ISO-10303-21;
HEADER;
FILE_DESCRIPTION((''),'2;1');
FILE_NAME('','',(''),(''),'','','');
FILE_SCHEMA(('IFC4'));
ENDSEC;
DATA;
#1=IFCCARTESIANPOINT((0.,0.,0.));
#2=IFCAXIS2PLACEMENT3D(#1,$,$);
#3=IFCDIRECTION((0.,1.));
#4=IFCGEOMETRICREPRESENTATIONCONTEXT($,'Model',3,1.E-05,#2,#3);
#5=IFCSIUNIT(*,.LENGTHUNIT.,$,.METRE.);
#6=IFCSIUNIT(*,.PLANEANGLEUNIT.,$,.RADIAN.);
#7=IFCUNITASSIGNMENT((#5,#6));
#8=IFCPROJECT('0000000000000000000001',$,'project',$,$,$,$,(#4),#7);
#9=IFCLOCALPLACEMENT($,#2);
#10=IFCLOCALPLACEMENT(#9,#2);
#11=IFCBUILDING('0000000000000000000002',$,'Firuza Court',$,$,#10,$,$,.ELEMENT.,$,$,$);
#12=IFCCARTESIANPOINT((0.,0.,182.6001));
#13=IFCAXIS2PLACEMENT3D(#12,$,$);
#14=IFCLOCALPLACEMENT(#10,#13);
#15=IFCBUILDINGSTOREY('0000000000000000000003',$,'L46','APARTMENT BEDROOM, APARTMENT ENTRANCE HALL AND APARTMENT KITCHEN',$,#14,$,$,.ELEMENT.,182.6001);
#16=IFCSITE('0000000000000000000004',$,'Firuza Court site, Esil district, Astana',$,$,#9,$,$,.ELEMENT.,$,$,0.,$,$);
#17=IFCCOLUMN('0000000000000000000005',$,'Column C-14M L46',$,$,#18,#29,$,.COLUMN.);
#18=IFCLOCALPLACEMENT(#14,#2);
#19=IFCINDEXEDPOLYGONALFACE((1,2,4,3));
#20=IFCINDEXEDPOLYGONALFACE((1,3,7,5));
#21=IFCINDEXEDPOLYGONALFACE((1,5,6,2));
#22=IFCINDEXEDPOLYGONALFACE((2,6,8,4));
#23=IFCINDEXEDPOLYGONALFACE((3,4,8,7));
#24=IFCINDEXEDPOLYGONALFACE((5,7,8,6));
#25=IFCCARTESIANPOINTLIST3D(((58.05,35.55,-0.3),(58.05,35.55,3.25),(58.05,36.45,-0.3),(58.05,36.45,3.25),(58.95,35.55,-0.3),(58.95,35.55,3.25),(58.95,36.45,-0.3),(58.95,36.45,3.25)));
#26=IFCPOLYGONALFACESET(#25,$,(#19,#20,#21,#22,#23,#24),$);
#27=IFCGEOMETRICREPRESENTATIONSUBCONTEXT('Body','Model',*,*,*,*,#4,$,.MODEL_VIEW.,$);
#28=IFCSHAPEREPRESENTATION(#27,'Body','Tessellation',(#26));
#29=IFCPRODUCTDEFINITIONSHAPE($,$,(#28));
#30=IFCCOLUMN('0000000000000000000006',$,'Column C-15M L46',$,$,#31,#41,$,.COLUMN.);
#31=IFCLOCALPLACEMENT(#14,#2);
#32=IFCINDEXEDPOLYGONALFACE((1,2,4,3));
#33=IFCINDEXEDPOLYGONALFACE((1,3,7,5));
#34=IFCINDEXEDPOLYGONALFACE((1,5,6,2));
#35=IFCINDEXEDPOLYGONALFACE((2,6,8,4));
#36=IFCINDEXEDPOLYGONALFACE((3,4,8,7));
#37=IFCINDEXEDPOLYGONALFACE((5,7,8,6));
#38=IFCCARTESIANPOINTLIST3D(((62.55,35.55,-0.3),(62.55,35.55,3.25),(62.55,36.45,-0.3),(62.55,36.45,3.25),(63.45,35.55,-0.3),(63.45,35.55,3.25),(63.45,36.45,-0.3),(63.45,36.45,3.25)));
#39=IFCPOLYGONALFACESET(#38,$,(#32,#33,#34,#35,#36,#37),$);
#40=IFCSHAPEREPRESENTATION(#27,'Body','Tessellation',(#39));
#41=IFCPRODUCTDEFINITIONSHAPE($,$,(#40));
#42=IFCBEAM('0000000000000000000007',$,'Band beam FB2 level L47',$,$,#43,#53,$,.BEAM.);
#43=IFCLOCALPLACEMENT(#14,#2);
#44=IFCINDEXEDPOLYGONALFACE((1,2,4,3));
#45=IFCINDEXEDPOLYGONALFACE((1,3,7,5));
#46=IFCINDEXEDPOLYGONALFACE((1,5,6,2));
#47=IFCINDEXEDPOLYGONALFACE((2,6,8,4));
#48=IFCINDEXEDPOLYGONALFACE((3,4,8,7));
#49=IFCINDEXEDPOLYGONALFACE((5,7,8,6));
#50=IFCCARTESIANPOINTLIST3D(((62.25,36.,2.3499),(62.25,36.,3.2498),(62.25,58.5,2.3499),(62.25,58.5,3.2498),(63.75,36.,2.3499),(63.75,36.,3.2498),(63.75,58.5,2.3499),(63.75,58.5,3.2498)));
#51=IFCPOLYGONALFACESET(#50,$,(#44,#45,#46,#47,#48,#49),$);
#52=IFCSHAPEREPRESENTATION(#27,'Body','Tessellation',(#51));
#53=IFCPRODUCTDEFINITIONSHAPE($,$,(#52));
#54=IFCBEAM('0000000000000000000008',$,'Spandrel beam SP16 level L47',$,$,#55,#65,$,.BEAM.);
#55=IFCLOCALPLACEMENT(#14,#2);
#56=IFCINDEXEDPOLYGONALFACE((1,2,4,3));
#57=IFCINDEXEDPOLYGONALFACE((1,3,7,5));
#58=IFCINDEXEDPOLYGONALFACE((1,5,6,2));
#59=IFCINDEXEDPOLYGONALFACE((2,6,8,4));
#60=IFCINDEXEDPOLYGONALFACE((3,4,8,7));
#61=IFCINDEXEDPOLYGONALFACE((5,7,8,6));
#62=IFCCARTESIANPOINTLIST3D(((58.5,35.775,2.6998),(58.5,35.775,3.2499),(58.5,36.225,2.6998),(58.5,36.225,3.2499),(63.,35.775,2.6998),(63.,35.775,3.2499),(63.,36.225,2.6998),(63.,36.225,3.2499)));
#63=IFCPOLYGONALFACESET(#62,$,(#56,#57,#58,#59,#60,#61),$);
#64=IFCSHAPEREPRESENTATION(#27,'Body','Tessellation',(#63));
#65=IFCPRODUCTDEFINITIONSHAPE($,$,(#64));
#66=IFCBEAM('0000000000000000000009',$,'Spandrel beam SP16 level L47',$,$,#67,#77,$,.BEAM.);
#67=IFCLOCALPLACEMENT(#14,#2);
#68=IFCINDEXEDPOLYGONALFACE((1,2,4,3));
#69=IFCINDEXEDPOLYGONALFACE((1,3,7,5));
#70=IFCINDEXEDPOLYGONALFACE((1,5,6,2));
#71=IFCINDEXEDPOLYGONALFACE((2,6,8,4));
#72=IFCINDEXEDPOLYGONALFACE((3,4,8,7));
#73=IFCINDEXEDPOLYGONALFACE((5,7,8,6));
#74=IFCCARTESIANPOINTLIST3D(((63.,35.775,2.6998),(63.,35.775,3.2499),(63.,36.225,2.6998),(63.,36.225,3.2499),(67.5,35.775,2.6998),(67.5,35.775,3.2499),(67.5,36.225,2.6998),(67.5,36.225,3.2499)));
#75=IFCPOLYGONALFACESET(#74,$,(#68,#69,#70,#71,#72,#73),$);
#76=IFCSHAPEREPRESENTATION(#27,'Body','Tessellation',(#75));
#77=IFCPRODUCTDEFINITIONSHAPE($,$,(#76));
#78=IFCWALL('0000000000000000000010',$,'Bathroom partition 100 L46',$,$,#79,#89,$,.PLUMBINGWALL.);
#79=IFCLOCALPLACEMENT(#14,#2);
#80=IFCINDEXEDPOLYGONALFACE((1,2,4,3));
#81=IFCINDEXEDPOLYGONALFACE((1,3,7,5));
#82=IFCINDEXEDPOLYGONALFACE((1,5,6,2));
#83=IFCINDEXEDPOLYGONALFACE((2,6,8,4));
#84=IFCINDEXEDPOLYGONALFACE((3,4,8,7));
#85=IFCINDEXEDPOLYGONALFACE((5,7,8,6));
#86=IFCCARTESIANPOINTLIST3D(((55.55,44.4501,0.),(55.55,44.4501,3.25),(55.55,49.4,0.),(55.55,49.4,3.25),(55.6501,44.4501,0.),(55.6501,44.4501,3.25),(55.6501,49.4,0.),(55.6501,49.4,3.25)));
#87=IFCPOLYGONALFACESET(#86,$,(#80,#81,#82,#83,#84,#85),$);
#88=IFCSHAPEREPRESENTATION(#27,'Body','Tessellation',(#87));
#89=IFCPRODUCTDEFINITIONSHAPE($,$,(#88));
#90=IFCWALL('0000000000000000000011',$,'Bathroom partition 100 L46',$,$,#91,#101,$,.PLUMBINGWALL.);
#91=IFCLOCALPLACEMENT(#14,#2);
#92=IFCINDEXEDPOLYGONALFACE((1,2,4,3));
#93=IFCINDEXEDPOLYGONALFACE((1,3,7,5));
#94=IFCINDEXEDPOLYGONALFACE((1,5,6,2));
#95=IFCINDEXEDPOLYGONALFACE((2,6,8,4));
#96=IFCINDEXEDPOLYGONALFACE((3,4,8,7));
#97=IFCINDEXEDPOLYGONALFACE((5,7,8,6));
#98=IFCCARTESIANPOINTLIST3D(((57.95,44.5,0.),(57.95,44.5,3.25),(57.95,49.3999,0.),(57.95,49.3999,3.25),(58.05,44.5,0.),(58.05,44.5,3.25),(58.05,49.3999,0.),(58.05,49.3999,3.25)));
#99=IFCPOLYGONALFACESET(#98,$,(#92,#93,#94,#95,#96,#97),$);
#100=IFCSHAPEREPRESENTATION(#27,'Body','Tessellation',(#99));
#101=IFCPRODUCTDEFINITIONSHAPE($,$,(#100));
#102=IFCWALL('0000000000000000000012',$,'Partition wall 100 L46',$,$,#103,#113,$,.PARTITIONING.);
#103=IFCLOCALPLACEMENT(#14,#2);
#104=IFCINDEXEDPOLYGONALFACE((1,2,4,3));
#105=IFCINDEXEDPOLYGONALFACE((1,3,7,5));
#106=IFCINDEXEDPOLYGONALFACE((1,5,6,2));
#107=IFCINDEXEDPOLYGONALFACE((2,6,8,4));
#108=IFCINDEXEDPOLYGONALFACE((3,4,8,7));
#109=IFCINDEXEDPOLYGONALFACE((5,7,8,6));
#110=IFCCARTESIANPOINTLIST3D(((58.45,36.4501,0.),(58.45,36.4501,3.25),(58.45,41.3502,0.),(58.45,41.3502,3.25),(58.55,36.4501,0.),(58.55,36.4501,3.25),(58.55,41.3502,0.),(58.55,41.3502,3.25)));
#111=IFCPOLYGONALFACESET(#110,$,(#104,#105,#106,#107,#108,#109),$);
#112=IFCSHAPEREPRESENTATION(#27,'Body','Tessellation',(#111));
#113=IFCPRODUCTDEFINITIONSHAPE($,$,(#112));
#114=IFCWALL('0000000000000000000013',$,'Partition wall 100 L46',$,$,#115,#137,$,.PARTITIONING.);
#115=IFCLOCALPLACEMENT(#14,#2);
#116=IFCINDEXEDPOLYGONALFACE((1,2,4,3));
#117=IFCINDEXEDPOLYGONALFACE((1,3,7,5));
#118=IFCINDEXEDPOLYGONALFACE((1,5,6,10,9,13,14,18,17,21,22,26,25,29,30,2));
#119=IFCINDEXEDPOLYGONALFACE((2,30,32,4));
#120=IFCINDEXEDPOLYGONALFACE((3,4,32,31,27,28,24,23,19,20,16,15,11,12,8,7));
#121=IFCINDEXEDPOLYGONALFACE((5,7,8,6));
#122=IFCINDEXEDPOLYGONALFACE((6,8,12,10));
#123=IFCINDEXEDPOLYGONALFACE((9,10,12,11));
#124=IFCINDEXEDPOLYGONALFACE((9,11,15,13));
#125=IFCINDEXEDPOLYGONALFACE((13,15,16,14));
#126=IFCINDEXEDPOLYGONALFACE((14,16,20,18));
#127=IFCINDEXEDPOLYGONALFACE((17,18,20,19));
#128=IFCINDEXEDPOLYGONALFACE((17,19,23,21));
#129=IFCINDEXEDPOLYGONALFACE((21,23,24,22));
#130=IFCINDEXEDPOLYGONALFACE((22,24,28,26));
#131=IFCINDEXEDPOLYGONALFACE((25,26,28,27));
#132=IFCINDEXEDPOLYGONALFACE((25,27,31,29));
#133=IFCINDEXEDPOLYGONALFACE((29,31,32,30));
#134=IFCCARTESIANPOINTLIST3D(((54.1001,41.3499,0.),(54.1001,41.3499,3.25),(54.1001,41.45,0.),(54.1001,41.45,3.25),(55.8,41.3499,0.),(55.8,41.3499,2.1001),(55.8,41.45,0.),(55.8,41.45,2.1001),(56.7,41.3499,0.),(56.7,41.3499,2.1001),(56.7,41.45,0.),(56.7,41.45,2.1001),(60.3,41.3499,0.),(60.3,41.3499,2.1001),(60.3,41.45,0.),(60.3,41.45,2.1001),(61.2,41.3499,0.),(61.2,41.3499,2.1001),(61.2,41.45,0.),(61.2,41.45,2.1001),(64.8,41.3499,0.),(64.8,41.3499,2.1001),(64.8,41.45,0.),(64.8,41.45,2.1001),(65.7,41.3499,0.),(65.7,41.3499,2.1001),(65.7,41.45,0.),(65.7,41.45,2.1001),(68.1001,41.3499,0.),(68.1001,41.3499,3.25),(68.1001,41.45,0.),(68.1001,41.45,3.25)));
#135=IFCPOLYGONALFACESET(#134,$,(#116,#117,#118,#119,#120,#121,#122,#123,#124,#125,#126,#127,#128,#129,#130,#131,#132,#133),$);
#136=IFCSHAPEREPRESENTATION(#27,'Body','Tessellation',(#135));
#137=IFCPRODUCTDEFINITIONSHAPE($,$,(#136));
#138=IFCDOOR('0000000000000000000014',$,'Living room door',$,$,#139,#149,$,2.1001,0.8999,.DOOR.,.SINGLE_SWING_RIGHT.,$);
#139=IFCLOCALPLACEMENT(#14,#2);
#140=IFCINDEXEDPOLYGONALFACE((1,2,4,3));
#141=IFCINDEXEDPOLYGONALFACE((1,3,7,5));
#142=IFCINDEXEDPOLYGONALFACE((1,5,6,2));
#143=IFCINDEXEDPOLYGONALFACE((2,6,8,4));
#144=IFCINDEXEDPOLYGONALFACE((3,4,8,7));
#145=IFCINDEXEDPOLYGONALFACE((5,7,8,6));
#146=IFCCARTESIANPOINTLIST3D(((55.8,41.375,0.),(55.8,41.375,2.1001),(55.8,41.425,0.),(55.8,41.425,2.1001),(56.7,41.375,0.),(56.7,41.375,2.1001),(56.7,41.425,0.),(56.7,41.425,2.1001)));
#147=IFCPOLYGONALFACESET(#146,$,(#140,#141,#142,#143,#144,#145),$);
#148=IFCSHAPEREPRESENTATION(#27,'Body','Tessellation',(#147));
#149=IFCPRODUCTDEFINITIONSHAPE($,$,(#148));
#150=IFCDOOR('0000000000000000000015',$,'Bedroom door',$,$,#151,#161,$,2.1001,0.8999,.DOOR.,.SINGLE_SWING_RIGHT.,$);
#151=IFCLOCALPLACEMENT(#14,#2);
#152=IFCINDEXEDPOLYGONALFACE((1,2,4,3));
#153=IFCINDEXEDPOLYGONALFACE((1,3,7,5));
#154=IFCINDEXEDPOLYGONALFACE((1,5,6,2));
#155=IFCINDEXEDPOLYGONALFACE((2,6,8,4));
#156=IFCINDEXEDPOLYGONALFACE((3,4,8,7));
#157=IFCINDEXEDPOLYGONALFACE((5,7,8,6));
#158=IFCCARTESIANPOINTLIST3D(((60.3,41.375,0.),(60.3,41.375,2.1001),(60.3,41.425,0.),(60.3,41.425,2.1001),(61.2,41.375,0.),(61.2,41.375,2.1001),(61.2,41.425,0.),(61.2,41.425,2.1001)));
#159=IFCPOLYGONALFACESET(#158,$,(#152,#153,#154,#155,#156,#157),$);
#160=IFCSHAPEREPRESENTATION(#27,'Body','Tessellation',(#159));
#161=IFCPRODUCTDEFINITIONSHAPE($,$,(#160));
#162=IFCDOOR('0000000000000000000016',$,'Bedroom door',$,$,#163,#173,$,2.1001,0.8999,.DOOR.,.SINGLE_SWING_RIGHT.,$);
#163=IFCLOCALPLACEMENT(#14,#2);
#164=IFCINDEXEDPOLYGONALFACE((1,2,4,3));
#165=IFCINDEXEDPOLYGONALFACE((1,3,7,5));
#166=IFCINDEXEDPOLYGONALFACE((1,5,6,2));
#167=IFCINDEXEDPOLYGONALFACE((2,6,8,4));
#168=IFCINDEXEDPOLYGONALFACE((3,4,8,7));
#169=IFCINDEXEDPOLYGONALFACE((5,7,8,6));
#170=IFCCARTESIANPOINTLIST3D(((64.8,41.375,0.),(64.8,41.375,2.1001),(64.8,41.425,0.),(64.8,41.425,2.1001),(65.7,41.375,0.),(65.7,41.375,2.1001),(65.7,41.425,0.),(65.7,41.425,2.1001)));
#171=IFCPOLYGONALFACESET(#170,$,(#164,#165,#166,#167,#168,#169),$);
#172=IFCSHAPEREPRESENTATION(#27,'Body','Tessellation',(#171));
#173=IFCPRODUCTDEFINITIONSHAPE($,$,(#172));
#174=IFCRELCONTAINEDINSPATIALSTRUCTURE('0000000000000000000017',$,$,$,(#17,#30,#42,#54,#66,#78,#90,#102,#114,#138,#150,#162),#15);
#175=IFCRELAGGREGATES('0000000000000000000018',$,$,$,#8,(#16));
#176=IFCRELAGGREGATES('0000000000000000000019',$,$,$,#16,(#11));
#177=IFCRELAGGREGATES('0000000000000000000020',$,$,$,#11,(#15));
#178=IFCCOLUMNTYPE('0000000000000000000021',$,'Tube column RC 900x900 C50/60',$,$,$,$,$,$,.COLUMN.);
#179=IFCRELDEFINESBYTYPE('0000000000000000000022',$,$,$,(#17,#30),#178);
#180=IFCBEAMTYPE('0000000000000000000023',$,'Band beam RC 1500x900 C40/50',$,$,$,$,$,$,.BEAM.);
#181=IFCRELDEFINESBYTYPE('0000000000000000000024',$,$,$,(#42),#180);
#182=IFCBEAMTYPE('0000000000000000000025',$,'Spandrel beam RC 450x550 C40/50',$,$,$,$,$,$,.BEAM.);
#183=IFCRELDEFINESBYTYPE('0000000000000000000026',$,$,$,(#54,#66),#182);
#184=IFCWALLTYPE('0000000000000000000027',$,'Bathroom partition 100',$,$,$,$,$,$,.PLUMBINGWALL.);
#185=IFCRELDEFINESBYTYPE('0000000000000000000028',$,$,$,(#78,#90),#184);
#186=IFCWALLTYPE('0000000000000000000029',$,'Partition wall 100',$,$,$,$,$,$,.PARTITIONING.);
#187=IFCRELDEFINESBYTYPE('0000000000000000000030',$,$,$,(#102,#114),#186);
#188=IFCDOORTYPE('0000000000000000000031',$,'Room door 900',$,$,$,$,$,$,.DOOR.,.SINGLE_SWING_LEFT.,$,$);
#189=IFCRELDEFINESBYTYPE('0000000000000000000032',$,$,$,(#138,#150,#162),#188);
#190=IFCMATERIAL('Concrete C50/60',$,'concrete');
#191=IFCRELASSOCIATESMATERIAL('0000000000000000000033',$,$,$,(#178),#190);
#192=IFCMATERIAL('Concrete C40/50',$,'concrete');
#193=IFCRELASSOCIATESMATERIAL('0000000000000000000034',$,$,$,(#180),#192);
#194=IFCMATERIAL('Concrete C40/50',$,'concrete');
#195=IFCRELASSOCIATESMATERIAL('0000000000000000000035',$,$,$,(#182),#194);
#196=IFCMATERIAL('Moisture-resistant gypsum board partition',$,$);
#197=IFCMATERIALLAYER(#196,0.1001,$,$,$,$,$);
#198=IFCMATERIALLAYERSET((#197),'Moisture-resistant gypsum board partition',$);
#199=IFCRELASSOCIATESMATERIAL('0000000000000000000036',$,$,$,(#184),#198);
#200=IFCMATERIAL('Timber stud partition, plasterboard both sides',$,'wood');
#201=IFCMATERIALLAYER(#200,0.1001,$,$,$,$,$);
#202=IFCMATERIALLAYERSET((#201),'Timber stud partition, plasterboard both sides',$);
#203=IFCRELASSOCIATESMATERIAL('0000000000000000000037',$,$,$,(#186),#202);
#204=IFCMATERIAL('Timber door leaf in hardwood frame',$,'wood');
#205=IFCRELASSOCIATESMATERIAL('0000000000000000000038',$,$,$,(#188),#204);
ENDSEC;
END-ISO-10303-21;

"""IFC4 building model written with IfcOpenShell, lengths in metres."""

from ifc_helpers import new_model, si_unit, direction, frame, frame_2d, origin, origin_2d, place, context, subcontext, project, spatial, rectangle, extrude, material, layer, layer_set, material_profile, profile_set, type_object, element, fill, save


model = new_model("IFC4")

# Units and contexts
model_context = context("Model", 3, precision=1e-05, world=origin(), true_north=direction((0.0, 1.0)))
body_context = subcontext(model_context, "Body", "Model", "MODEL_VIEW")
ifc_project = project(units=[si_unit("LENGTHUNIT", "METRE"), si_unit("PLANEANGLEUNIT", "RADIAN")], contexts=[model_context])

# Site, building, storey
site_placement = place(None, origin())
site = spatial("IfcSite", under=ifc_project, at=site_placement, Name="Firuza Court site, Esil district, Astana", CompositionType="ELEMENT", RefElevation=0.0)
building_placement = place(site_placement, origin())
building = spatial("IfcBuilding", under=site, at=building_placement, Name="Firuza Court", CompositionType="ELEMENT")
storey_placement = place(building_placement, frame((0.0, 0.0, 182.6001)))
storey = spatial("IfcBuildingStorey", under=building, at=storey_placement, Name="L46", Description="APARTMENT BEDROOM, APARTMENT ENTRANCE HALL AND APARTMENT KITCHEN", CompositionType="ELEMENT", Elevation=182.6001)

# Columns
ifc_material_1 = material(Name="Concrete C50/60", Category="concrete")
ifc_material_profile_1 = material_profile(ifc_material_1, rectangle(XDim=0.8999, YDim=0.8999, at=origin_2d()), Name="RC 900x900")
ifc_profile_set_1 = profile_set([ifc_material_profile_1], Name="Concrete C50/60")
column_type = type_object("IfcColumnType", Name="Tube column RC 900x900 C50/60", PredefinedType="COLUMN", material=ifc_profile_set_1)
for number, where, z_axis, x_axis, name in (
    (1, (58.5, 36.0, -0.3), (0.0, 0.0, 1.0), (1.0, 0.0, 0.0), "Column C-14M L46"),
    (2, (63.0, 36.0, -0.3), (0.0, 0.0, 1.0), (1.0, 0.0, 0.0), "Column C-15M L46"),
):
    element("IfcColumn", number, at=place(storey_placement, frame(where, z_axis=z_axis, x_axis=x_axis)), inside=storey, type_object=column_type, Name=name, PredefinedType="COLUMN", context=body_context, shape_type="SweptSolid", body=[
        extrude(rectangle(XDim=0.8999, YDim=0.8999, at=origin_2d()), origin(), (0.0, 0.0, 1.0), 3.55),
    ])

# Beams
ifc_material_2 = material(Name="Concrete C40/50", Category="concrete")
ifc_material_profile_2 = material_profile(ifc_material_2, rectangle(XDim=1.5, YDim=0.8999, at=origin_2d()), Name="RC 1500x900")
ifc_profile_set_2 = profile_set([ifc_material_profile_2], Name="Concrete C40/50")
beam_type_1 = type_object("IfcBeamType", Name="Band beam RC 1500x900 C40/50", PredefinedType="BEAM", material=ifc_profile_set_2)
beam_placement = place(storey_placement, frame((63.0, 36.0, 2.7998), z_axis=(0.0, 1.0, 0.0), x_axis=(-1.0, 0.0, 0.0)))
element("IfcBeam", 3, at=beam_placement, inside=storey, type_object=beam_type_1, Name="Band beam FB2 level L47", PredefinedType="BEAM", context=body_context, shape_type="SweptSolid", body=[
    extrude(rectangle(XDim=1.5, YDim=0.8999, at=origin_2d()), origin(), (0.0, 0.0, 1.0), 22.5),
])
ifc_material_3 = material(Name="Concrete C40/50", Category="concrete")
ifc_material_profile_3 = material_profile(ifc_material_3, rectangle(XDim=0.45, YDim=0.55, at=origin_2d()), Name="RC 450x550")
ifc_profile_set_3 = profile_set([ifc_material_profile_3], Name="Concrete C40/50")
beam_type_2 = type_object("IfcBeamType", Name="Spandrel beam RC 450x550 C40/50", PredefinedType="BEAM", material=ifc_profile_set_3)
for number, where, z_axis, x_axis, name in (
    (4, (58.5, 36.0, 2.9749), (1.0, 0.0, 0.0), (0.0, 1.0, 0.0), "Spandrel beam SP16 level L47"),
    (5, (63.0, 36.0, 2.9749), (1.0, 0.0, 0.0), (0.0, 1.0, 0.0), "Spandrel beam SP16 level L47"),
):
    element("IfcBeam", number, at=place(storey_placement, frame(where, z_axis=z_axis, x_axis=x_axis)), inside=storey, type_object=beam_type_2, Name=name, PredefinedType="BEAM", context=body_context, shape_type="SweptSolid", body=[
        extrude(rectangle(XDim=0.45, YDim=0.55, at=origin_2d()), origin(), (0.0, 0.0, 1.0), 4.5),
    ])

# Walls
ifc_material_4 = material(Name="Moisture-resistant gypsum board partition")
ifc_layer_1 = layer(ifc_material_4, 0.1001)
ifc_layer_set_1 = layer_set([ifc_layer_1], Name="Moisture-resistant gypsum board partition")
wall_type_1 = type_object("IfcWallType", Name="Bathroom partition 100", PredefinedType="PLUMBINGWALL", material=ifc_layer_set_1)
wall_1_placement = place(storey_placement, frame((55.6001, 44.45, 0.0), z_axis=(0.0, 0.0, 1.0), x_axis=(0.0, 1.0, 0.0)))
element("IfcWall", 6, at=wall_1_placement, inside=storey, type_object=wall_type_1, Name="Bathroom partition 100 L46", PredefinedType="PLUMBINGWALL", context=body_context, shape_type="SweptSolid", body=[
    extrude(rectangle(XDim=4.95, YDim=0.1001, at=frame_2d((2.4751, 0.0))), origin(), (0.0, 0.0, 1.0), 3.25),
])
wall_2_placement = place(storey_placement, frame((58.0, 44.5, 0.0), z_axis=(0.0, 0.0, 1.0), x_axis=(0.0, 1.0, 0.0)))
element("IfcWall", 7, at=wall_2_placement, inside=storey, type_object=wall_type_1, Name="Bathroom partition 100 L46", PredefinedType="PLUMBINGWALL", context=body_context, shape_type="SweptSolid", body=[
    extrude(rectangle(XDim=4.8999, YDim=0.1001, at=frame_2d((2.45, 0.0))), origin(), (0.0, 0.0, 1.0), 3.25),
])
ifc_material_5 = material(Name="Timber stud partition, plasterboard both sides", Category="wood")
ifc_layer_2 = layer(ifc_material_5, 0.1001)
ifc_layer_set_2 = layer_set([ifc_layer_2], Name="Timber stud partition, plasterboard both sides")
wall_type_2 = type_object("IfcWallType", Name="Partition wall 100", PredefinedType="PARTITIONING", material=ifc_layer_set_2)
wall_3_placement = place(storey_placement, frame((58.5, 36.45, 0.0), z_axis=(0.0, 0.0, 1.0), x_axis=(0.0, 1.0, 0.0)))
element("IfcWall", 8, at=wall_3_placement, inside=storey, type_object=wall_type_2, Name="Partition wall 100 L46", PredefinedType="PARTITIONING", context=body_context, shape_type="SweptSolid", body=[
    extrude(rectangle(XDim=4.9001, YDim=0.1001, at=frame_2d((2.4502, 0.0))), origin(), (0.0, 0.0, 1.0), 3.25),
])

# Wall, openings, doors
wall_4_placement = place(storey_placement, frame((54.1001, 41.3999, 0.0), z_axis=(0.0, 0.0, 1.0), x_axis=(1.0, 0.0, 0.0)))
wall_4 = element("IfcWall", 9, at=wall_4_placement, inside=storey, type_object=wall_type_2, Name="Partition wall 100 L46", PredefinedType="PARTITIONING", context=body_context, shape_type="SweptSolid", body=[
    extrude(rectangle(XDim=14.0, YDim=0.1001, at=frame_2d((7.0, 0.0))), origin(), (0.0, 0.0, 1.0), 3.25),
])
opening_1_placement = place(wall_4_placement, frame((1.7, 0.0, 0.0)))
opening_1 = element("IfcOpeningElement", 10, at=opening_1_placement, cuts=wall_4, PredefinedType="OPENING", context=body_context, shape_type="SweptSolid", body=[
    extrude(rectangle(XDim=0.8999, YDim=2.1001, at=frame_2d((0.45, 1.05))), frame((0.0, 0.062, 0.0), z_axis=(0.0, -1.0, 0.0), x_axis=(1.0, 0.0, 0.0)), (0.0, 0.0, 1.0), 0.124),
])
opening_2_placement = place(wall_4_placement, frame((6.2, 0.0, 0.0)))
opening_2 = element("IfcOpeningElement", 11, at=opening_2_placement, cuts=wall_4, PredefinedType="OPENING", context=body_context, shape_type="SweptSolid", body=[
    extrude(rectangle(XDim=0.8999, YDim=2.1001, at=frame_2d((0.45, 1.05))), frame((0.0, 0.062, 0.0), z_axis=(0.0, -1.0, 0.0), x_axis=(1.0, 0.0, 0.0)), (0.0, 0.0, 1.0), 0.124),
])
opening_3_placement = place(wall_4_placement, frame((10.7, 0.0, 0.0)))
opening_3 = element("IfcOpeningElement", 12, at=opening_3_placement, cuts=wall_4, PredefinedType="OPENING", context=body_context, shape_type="SweptSolid", body=[
    extrude(rectangle(XDim=0.8999, YDim=2.1001, at=frame_2d((0.45, 1.05))), frame((0.0, 0.062, 0.0), z_axis=(0.0, -1.0, 0.0), x_axis=(1.0, 0.0, 0.0)), (0.0, 0.0, 1.0), 0.124),
])
ifc_material_6 = material(Name="Timber door leaf in hardwood frame", Category="wood")
door_type_1 = type_object("IfcDoorType", Name="Room door 900", OperationType="SINGLE_SWING_LEFT", PredefinedType="DOOR", material=ifc_material_6)
door_1_placement = place(opening_1_placement, frame((0.8999, 0.0, 0.0), z_axis=(0.0, 0.0, 1.0), x_axis=(-1.0, 0.0, 0.0)))
door_1 = element("IfcDoor", 13, at=door_1_placement, inside=storey, type_object=door_type_1, Name="Living room door", OperationType="SINGLE_SWING_RIGHT", OverallHeight=2.1001, OverallWidth=0.8999, PredefinedType="DOOR", context=body_context, shape_type="SweptSolid", body=[
    extrude(rectangle(XDim=0.8999, YDim=2.1001, at=frame_2d((0.45, 1.05))), frame((0.0, 0.0249, 0.0), z_axis=(0.0, -1.0, 0.0), x_axis=(1.0, 0.0, 0.0)), (0.0, 0.0, 1.0), 0.05),
])
fill(opening_1, door_1)
door_2_placement = place(opening_2_placement, frame((0.8999, 0.0, 0.0), z_axis=(0.0, 0.0, 1.0), x_axis=(-1.0, 0.0, 0.0)))
door_2 = element("IfcDoor", 14, at=door_2_placement, inside=storey, type_object=door_type_1, Name="Bedroom door", OperationType="SINGLE_SWING_RIGHT", OverallHeight=2.1001, OverallWidth=0.8999, PredefinedType="DOOR", context=body_context, shape_type="SweptSolid", body=[
    extrude(rectangle(XDim=0.8999, YDim=2.1001, at=frame_2d((0.45, 1.05))), frame((0.0, 0.0249, 0.0), z_axis=(0.0, -1.0, 0.0), x_axis=(1.0, 0.0, 0.0)), (0.0, 0.0, 1.0), 0.05),
])
fill(opening_2, door_2)
door_3_placement = place(opening_3_placement, frame((0.8999, 0.0, 0.0), z_axis=(0.0, 0.0, 1.0), x_axis=(-1.0, 0.0, 0.0)))
door_3 = element("IfcDoor", 15, at=door_3_placement, inside=storey, type_object=door_type_1, Name="Bedroom door", OperationType="SINGLE_SWING_RIGHT", OverallHeight=2.1001, OverallWidth=0.8999, PredefinedType="DOOR", context=body_context, shape_type="SweptSolid", body=[
    extrude(rectangle(XDim=0.8999, YDim=2.1001, at=frame_2d((0.45, 1.05))), frame((0.0, 0.0249, 0.0), z_axis=(0.0, -1.0, 0.0), x_axis=(1.0, 0.0, 0.0)), (0.0, 0.0, 1.0), 0.05),
])
fill(opening_3, door_3)

save(model, "model.ifc")
